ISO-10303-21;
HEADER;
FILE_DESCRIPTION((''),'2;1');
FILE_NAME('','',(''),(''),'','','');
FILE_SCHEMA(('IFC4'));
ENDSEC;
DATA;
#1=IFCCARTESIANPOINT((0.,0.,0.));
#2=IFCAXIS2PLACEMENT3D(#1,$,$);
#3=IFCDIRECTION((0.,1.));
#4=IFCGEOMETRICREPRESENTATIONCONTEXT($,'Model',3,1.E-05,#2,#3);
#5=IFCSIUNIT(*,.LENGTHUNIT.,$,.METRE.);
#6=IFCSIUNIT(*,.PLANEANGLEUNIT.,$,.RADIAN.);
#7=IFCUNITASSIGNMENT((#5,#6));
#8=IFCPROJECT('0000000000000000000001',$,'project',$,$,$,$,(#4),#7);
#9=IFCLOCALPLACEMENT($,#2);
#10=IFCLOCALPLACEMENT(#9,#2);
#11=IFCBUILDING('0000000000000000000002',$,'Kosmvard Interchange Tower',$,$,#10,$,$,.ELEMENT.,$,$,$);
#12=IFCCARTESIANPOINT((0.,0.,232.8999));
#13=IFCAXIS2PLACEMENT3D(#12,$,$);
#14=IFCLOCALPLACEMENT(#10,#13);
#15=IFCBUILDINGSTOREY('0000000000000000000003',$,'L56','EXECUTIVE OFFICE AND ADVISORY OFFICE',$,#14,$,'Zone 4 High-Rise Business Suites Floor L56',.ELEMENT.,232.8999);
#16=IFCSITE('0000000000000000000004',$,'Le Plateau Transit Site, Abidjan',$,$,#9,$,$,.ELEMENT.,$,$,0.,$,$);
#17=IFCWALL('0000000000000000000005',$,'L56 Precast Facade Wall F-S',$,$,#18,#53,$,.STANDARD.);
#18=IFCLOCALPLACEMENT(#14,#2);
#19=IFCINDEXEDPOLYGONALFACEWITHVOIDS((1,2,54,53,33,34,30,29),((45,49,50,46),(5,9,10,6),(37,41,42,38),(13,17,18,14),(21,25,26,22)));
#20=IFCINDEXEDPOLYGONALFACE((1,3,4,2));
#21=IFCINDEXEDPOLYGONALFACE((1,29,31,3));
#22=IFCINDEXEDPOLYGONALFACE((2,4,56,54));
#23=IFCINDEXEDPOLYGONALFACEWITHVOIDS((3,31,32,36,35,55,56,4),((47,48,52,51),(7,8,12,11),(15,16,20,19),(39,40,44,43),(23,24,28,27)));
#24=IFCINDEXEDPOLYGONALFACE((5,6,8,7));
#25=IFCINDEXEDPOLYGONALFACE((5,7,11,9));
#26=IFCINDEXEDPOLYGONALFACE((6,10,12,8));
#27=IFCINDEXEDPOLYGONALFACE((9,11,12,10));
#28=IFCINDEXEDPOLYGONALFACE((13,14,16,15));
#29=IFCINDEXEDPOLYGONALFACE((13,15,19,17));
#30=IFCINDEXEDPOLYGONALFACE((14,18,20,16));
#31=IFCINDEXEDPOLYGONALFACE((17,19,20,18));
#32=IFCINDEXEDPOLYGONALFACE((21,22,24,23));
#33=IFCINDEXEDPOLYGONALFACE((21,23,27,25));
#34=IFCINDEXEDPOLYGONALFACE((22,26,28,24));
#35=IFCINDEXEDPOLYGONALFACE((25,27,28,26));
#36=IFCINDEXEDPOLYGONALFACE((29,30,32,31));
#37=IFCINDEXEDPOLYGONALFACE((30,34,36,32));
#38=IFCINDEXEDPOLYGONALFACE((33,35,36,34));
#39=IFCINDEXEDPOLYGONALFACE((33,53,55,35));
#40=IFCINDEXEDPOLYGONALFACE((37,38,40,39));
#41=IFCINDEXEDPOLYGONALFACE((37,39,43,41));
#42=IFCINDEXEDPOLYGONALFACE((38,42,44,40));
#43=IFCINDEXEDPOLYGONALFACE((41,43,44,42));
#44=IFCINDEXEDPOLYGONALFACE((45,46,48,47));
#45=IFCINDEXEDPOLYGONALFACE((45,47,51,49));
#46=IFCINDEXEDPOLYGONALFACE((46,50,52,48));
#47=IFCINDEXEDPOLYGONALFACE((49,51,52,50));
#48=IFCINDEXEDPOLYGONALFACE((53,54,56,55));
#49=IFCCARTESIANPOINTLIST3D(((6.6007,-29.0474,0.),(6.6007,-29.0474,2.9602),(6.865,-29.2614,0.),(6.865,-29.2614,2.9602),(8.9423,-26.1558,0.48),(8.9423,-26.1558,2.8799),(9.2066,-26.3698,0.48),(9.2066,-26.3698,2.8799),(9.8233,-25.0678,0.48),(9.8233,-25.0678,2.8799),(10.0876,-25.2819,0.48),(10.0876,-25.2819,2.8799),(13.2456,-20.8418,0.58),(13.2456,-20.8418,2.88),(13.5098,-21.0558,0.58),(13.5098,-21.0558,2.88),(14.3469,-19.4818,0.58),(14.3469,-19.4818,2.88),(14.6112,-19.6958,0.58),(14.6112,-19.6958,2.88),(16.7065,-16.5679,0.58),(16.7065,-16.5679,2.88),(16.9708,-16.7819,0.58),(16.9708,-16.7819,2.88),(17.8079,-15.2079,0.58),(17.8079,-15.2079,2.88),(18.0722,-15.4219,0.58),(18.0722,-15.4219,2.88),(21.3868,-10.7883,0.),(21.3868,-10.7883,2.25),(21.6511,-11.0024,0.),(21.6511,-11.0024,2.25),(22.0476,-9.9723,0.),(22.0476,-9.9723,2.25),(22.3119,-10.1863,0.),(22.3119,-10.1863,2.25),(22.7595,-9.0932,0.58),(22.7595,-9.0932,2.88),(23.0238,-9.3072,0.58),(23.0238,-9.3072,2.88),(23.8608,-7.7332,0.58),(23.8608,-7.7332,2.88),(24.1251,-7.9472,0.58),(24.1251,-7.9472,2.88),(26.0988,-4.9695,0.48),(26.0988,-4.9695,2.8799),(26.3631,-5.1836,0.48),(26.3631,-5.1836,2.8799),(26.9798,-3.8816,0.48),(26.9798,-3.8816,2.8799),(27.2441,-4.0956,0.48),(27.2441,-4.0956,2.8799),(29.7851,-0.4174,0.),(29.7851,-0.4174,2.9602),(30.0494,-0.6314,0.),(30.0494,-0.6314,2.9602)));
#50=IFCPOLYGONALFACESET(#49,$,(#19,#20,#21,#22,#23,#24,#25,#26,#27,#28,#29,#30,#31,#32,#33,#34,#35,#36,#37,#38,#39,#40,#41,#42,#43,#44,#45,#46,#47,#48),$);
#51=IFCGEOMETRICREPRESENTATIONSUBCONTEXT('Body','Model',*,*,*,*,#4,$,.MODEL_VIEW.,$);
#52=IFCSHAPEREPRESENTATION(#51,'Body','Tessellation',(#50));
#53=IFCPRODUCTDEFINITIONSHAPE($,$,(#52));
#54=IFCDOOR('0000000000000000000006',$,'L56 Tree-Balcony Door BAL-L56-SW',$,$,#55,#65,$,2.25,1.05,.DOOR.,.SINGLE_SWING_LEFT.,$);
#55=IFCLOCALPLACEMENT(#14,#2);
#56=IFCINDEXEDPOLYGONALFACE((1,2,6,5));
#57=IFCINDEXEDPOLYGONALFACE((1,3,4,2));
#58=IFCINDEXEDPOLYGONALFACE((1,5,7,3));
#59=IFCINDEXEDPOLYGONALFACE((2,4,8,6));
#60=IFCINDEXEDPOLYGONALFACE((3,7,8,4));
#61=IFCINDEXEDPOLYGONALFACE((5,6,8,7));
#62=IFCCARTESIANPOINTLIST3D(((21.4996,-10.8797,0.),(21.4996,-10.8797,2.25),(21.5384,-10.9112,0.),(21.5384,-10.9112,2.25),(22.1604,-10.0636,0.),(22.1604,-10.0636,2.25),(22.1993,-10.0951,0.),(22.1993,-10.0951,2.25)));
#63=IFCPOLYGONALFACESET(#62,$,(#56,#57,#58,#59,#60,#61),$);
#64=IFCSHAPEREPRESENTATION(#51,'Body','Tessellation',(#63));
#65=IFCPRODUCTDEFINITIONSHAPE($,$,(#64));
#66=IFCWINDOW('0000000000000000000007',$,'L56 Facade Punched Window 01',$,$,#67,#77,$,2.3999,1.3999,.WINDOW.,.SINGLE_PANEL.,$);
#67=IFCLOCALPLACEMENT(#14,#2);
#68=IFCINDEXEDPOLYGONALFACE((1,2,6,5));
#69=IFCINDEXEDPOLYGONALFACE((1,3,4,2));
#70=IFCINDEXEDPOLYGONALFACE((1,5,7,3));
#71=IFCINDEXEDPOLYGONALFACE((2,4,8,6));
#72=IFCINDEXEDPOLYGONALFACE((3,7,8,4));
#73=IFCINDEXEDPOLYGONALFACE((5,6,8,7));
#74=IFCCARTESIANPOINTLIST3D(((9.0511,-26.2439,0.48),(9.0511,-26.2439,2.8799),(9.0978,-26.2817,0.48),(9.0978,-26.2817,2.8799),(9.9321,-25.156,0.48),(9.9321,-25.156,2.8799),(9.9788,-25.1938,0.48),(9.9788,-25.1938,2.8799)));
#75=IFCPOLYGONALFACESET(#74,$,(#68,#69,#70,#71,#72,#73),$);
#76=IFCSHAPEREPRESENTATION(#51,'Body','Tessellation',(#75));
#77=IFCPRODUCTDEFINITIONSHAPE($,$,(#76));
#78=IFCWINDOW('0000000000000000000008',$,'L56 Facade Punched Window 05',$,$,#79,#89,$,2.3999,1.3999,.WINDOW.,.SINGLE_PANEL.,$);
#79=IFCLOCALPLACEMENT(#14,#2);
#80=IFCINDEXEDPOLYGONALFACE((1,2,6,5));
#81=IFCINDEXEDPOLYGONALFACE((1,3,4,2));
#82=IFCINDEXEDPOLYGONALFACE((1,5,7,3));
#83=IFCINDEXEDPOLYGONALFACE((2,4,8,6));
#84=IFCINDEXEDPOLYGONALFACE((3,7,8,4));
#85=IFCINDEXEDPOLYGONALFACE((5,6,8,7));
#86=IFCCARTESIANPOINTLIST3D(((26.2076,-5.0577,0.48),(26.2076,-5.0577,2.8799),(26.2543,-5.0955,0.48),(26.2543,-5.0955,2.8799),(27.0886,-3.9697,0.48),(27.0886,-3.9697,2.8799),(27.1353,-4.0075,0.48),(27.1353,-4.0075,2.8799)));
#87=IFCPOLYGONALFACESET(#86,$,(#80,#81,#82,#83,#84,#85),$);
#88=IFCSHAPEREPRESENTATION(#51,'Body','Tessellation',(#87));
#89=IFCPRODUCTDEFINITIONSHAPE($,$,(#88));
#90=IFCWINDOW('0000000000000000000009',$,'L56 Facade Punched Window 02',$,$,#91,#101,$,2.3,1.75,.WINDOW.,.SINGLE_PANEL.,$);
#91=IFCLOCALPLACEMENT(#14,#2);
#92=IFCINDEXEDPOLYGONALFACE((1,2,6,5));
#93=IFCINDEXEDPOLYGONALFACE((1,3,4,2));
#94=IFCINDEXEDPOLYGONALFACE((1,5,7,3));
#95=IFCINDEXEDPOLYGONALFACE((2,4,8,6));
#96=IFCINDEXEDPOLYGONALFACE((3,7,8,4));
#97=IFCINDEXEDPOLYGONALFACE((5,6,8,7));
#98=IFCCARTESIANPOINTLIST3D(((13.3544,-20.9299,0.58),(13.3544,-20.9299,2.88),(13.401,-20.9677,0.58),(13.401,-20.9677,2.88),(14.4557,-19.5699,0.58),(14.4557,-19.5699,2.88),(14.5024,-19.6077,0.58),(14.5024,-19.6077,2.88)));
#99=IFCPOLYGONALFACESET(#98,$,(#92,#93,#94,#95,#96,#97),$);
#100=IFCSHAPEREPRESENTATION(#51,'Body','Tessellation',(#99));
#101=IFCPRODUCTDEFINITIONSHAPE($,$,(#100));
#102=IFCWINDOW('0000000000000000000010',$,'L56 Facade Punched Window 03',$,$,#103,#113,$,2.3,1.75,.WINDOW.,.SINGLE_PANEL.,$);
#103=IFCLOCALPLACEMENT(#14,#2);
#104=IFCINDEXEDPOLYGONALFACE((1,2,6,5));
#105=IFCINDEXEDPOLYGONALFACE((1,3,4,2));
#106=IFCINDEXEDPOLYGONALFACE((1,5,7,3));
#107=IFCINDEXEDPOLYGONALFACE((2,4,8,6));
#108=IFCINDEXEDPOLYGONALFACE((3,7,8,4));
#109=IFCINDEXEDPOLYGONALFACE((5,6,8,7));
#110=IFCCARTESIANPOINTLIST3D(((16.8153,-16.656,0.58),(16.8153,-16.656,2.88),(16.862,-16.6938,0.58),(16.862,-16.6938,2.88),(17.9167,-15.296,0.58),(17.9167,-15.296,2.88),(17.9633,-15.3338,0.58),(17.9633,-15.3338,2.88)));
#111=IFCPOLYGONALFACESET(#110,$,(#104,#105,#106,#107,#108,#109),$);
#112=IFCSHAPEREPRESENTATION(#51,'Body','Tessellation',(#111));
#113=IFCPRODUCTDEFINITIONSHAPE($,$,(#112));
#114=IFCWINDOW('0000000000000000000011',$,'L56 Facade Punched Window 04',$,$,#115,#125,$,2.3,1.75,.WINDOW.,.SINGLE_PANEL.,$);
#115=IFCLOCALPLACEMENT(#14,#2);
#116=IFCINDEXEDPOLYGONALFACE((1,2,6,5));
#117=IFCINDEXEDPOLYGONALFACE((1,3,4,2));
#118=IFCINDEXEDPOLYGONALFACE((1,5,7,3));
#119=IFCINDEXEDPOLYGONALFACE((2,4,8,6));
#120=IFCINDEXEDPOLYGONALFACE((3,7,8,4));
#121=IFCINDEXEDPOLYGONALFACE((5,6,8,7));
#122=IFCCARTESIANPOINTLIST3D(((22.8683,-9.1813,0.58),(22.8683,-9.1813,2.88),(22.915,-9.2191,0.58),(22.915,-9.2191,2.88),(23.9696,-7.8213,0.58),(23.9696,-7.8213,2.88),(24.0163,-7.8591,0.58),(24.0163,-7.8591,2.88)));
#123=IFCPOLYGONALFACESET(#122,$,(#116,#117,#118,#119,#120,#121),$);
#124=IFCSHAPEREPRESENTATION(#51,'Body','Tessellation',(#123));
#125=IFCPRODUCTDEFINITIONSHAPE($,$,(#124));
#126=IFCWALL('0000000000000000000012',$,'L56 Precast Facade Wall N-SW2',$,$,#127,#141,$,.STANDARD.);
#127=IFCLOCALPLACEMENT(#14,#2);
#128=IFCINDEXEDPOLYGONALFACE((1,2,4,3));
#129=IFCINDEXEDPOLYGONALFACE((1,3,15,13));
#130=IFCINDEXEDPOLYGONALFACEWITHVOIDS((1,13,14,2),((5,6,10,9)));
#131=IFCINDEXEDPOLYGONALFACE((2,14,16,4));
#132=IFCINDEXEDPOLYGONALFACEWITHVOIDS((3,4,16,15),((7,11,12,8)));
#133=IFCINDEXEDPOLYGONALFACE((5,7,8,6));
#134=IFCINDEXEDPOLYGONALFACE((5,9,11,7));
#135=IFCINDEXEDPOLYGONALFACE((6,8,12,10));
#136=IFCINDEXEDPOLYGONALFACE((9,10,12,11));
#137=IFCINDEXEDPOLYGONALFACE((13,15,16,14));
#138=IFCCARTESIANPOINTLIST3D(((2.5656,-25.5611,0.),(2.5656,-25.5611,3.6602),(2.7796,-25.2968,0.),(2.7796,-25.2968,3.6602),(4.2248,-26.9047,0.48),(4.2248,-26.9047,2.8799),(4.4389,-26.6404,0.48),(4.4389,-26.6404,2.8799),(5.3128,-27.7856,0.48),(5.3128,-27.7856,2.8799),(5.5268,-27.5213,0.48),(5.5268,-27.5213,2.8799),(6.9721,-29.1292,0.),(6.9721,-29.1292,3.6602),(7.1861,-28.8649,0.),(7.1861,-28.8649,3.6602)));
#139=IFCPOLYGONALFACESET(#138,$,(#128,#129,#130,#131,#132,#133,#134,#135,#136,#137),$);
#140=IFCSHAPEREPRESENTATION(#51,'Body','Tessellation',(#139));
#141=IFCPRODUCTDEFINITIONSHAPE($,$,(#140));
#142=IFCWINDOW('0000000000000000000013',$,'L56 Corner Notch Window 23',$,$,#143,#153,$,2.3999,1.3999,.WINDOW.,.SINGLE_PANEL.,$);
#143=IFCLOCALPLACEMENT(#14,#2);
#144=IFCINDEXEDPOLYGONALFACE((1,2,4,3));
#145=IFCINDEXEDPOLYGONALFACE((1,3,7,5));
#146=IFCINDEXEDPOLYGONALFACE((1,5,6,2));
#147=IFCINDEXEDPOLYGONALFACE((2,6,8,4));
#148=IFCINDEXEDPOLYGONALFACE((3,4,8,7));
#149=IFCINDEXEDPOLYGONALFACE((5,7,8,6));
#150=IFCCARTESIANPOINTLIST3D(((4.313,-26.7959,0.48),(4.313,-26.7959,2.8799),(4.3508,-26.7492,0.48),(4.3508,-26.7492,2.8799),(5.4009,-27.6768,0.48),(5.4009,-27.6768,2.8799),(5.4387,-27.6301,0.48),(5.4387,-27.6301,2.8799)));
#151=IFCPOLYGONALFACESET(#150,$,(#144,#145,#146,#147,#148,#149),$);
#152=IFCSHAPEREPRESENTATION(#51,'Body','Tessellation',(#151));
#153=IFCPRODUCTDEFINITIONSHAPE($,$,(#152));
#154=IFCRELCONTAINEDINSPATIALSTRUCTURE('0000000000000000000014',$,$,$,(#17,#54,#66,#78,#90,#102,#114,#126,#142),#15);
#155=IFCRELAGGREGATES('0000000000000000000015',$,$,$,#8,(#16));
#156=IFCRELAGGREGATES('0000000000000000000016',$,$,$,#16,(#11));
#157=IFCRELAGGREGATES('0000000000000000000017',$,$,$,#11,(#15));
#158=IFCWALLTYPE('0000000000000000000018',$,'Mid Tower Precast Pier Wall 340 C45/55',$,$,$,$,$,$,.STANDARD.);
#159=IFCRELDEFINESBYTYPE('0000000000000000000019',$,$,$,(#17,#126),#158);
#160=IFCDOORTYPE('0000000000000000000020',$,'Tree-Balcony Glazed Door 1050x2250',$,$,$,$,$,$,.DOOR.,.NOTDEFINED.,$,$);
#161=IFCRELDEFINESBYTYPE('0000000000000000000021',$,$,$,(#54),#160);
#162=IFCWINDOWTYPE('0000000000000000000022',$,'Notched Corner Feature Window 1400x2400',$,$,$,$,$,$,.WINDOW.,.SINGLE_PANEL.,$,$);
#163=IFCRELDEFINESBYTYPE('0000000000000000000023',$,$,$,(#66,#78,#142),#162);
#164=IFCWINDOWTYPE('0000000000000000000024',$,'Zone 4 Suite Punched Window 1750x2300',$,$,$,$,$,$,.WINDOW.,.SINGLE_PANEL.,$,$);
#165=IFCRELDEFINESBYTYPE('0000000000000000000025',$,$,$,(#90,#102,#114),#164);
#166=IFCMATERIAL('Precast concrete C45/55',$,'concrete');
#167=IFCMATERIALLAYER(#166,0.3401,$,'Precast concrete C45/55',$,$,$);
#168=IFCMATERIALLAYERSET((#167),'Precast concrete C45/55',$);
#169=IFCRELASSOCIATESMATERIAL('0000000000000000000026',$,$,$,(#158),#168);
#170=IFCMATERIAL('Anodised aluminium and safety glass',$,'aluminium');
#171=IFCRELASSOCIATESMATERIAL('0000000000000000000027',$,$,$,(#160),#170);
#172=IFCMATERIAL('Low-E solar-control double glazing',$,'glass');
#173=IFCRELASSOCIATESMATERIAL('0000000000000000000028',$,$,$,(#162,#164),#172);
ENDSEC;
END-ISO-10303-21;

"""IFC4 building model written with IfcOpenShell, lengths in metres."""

from ifc_helpers import new_model, si_unit, direction, frame, frame_2d, origin, place, context, subcontext, project, spatial, rectangle, extrude, source, transform, mapped, material, layer, layer_set, type_object, element, fill, save


model = new_model("IFC4")

# Units and contexts
model_context = context("Model", 3, precision=1e-05, world=origin(), true_north=direction((0.0, 1.0)))
body_context = subcontext(model_context, "Body", "Model", "MODEL_VIEW")
ifc_project = project(units=[si_unit("LENGTHUNIT", "METRE"), si_unit("PLANEANGLEUNIT", "RADIAN")], contexts=[model_context])

# Site, building, storey
site_placement = place(None, origin())
site = spatial("IfcSite", under=ifc_project, at=site_placement, Name="Le Plateau Transit Site, Abidjan", CompositionType="ELEMENT", RefElevation=0.0)
building_placement = place(site_placement, origin())
building = spatial("IfcBuilding", under=site, at=building_placement, Name="Kosmvard Interchange Tower", CompositionType="ELEMENT")
storey_placement = place(building_placement, frame((0.0, 0.0, 232.8999)))
storey = spatial("IfcBuildingStorey", under=building, at=storey_placement, Name="L56", Description="EXECUTIVE OFFICE AND ADVISORY OFFICE", LongName="Zone 4 High-Rise Business Suites Floor L56", CompositionType="ELEMENT", Elevation=232.8999)

# Wall, openings, door, windows
ifc_material_1 = material(Name="Precast concrete C45/55", Category="concrete")
ifc_layer_1 = layer(ifc_material_1, 0.3401, Name="Precast concrete C45/55")
ifc_layer_set_1 = layer_set([ifc_layer_1], Name="Precast concrete C45/55")
wall_type_1 = type_object("IfcWallType", Name="Mid Tower Precast Pier Wall 340 C45/55", PredefinedType="STANDARD", material=ifc_layer_set_1)
wall_1_placement = place(storey_placement, frame((6.7329, -29.1543, 0.0), z_axis=(0.0, 0.0, 1.0), x_axis=(0.629325, 0.777142, 0.0)))
wall_1 = element("IfcWall", 1, at=wall_1_placement, inside=storey, type_object=wall_type_1, Name="L56 Precast Facade Wall F-S", PredefinedType="STANDARD", context=body_context, shape_type="SweptSolid", body=[
    extrude(rectangle(XDim=36.8401, YDim=0.3401, at=frame_2d((18.4199, 0.0))), origin(), (0.0, 0.0, 1.0), 2.9602),
])
opening_1_placement = place(wall_1_placement, frame((23.4951, 0.0, 0.0)))
opening_1 = element("IfcOpeningElement", 2, at=opening_1_placement, cuts=wall_1, PredefinedType="OPENING", context=body_context, shape_type="SweptSolid", body=[
    extrude(rectangle(XDim=1.05, YDim=2.25, at=frame_2d((0.5249, 1.125))), frame((0.0, 0.1802, 0.0), z_axis=(0.0, -1.0, 0.0), x_axis=(1.0, 0.0, 0.0)), (0.0, 0.0, 1.0), 0.3601),
])
opening_2_placement = place(wall_1_placement, frame((3.7207, 0.0, 0.48)))
opening_2 = element("IfcOpeningElement", 3, at=opening_2_placement, cuts=wall_1, PredefinedType="OPENING", context=body_context, shape_type="SweptSolid", body=[
    extrude(rectangle(XDim=1.3999, YDim=2.3999, at=frame_2d((0.7, 1.2))), frame((0.0, 0.1802, 0.0), z_axis=(0.0, -1.0, 0.0), x_axis=(1.0, 0.0, 0.0)), (0.0, 0.0, 1.0), 0.3601),
])
opening_3_placement = place(wall_1_placement, frame((10.5586, 0.0, 0.5801)))
opening_3 = element("IfcOpeningElement", 4, at=opening_3_placement, cuts=wall_1, PredefinedType="OPENING", context=body_context, shape_type="SweptSolid", body=[
    extrude(rectangle(XDim=1.75, YDim=2.3, at=frame_2d((0.875, 1.1499))), frame((0.0, 0.1802, 0.0), z_axis=(0.0, -1.0, 0.0), x_axis=(1.0, 0.0, 0.0)), (0.0, 0.0, 1.0), 0.3601),
])
opening_4_placement = place(wall_1_placement, frame((16.0581, 0.0, 0.5801)))
opening_4 = element("IfcOpeningElement", 5, at=opening_4_placement, cuts=wall_1, PredefinedType="OPENING", context=body_context, shape_type="SweptSolid", body=[
    extrude(rectangle(XDim=1.75, YDim=2.3, at=frame_2d((0.875, 1.1499))), frame((0.0, 0.1802, 0.0), z_axis=(0.0, -1.0, 0.0), x_axis=(1.0, 0.0, 0.0)), (0.0, 0.0, 1.0), 0.3601),
])
opening_5_placement = place(wall_1_placement, frame((25.6763, 0.0, 0.5801)))
opening_5 = element("IfcOpeningElement", 6, at=opening_5_placement, cuts=wall_1, PredefinedType="OPENING", context=body_context, shape_type="SweptSolid", body=[
    extrude(rectangle(XDim=1.75, YDim=2.3, at=frame_2d((0.875, 1.1499))), frame((0.0, 0.1802, 0.0), z_axis=(0.0, -1.0, 0.0), x_axis=(1.0, 0.0, 0.0)), (0.0, 0.0, 1.0), 0.3601),
])
opening_6_placement = place(wall_1_placement, frame((30.9824, 0.0, 0.48)))
opening_6 = element("IfcOpeningElement", 7, at=opening_6_placement, cuts=wall_1, PredefinedType="OPENING", context=body_context, shape_type="SweptSolid", body=[
    extrude(rectangle(XDim=1.3999, YDim=2.3999, at=frame_2d((0.7, 1.2))), frame((0.0, 0.1802, 0.0), z_axis=(0.0, -1.0, 0.0), x_axis=(1.0, 0.0, 0.0)), (0.0, 0.0, 1.0), 0.3601),
])
ifc_material_2 = material(Name="Anodised aluminium and safety glass", Category="aluminium")
door_type = type_object("IfcDoorType", Name="Tree-Balcony Glazed Door 1050x2250", OperationType="NOTDEFINED", PredefinedType="DOOR", material=ifc_material_2)
shared_shape_1 = source(origin(), body_context, "Body", "SweptSolid", [
    extrude(rectangle(XDim=1.05, YDim=2.25, at=frame_2d((0.5249, 1.125))), frame((0.0, 0.0249, 0.0), z_axis=(0.0, -1.0, 0.0), x_axis=(1.0, 0.0, 0.0)), (0.0, 0.0, 1.0), 0.05),
])
door_placement = place(opening_1_placement, origin())
door = element("IfcDoor", 8, at=door_placement, inside=storey, type_object=door_type, Name="L56 Tree-Balcony Door BAL-L56-SW", OperationType="SINGLE_SWING_LEFT", OverallHeight=2.25, OverallWidth=1.05, PredefinedType="DOOR", context=body_context, shape_type="MappedRepresentation", body=[
    mapped(shared_shape_1, transform((0.0, 0.0, 0.0), scale=1.0)),
])
fill(opening_1, door)
ifc_material_3 = material(Name="Low-E solar-control double glazing", Category="glass")
window_type_1 = type_object("IfcWindowType", Name="Notched Corner Feature Window 1400x2400", PartitioningType="SINGLE_PANEL", PredefinedType="WINDOW", material=ifc_material_3)
shared_shape_2 = source(origin(), body_context, "Body", "SweptSolid", [
    extrude(rectangle(XDim=1.3999, YDim=2.3999, at=frame_2d((0.7, 1.2))), frame((0.0, 0.03, 0.0), z_axis=(0.0, -1.0, 0.0), x_axis=(1.0, 0.0, 0.0)), (0.0, 0.0, 1.0), 0.0601),
])
window_1_placement = place(opening_2_placement, origin())
window_1 = element("IfcWindow", 9, at=window_1_placement, inside=storey, type_object=window_type_1, Name="L56 Facade Punched Window 01", OverallHeight=2.3999, OverallWidth=1.3999, PartitioningType="SINGLE_PANEL", PredefinedType="WINDOW", context=body_context, shape_type="MappedRepresentation", body=[
    mapped(shared_shape_2, transform((0.0, 0.0, 0.0), scale=1.0)),
])
fill(opening_2, window_1)
window_2_placement = place(opening_6_placement, origin())
window_2 = element("IfcWindow", 10, at=window_2_placement, inside=storey, type_object=window_type_1, Name="L56 Facade Punched Window 05", OverallHeight=2.3999, OverallWidth=1.3999, PartitioningType="SINGLE_PANEL", PredefinedType="WINDOW", context=body_context, shape_type="MappedRepresentation", body=[
    mapped(shared_shape_2, transform((0.0, 0.0, 0.0), scale=1.0)),
])
fill(opening_6, window_2)
window_type_2 = type_object("IfcWindowType", Name="Zone 4 Suite Punched Window 1750x2300", PartitioningType="SINGLE_PANEL", PredefinedType="WINDOW", material=ifc_material_3)
shared_shape_3 = source(origin(), body_context, "Body", "SweptSolid", [
    extrude(rectangle(XDim=1.75, YDim=2.3, at=frame_2d((0.875, 1.1499))), frame((0.0, 0.03, 0.0), z_axis=(0.0, -1.0, 0.0), x_axis=(1.0, 0.0, 0.0)), (0.0, 0.0, 1.0), 0.0601),
])
window_3_placement = place(opening_3_placement, origin())
window_3 = element("IfcWindow", 11, at=window_3_placement, inside=storey, type_object=window_type_2, Name="L56 Facade Punched Window 02", OverallHeight=2.3, OverallWidth=1.75, PartitioningType="SINGLE_PANEL", PredefinedType="WINDOW", context=body_context, shape_type="MappedRepresentation", body=[
    mapped(shared_shape_3, transform((0.0, 0.0, 0.0), scale=1.0)),
])
fill(opening_3, window_3)
window_4_placement = place(opening_4_placement, origin())
window_4 = element("IfcWindow", 12, at=window_4_placement, inside=storey, type_object=window_type_2, Name="L56 Facade Punched Window 03", OverallHeight=2.3, OverallWidth=1.75, PartitioningType="SINGLE_PANEL", PredefinedType="WINDOW", context=body_context, shape_type="MappedRepresentation", body=[
    mapped(shared_shape_3, transform((0.0, 0.0, 0.0), scale=1.0)),
])
fill(opening_4, window_4)
window_5_placement = place(opening_5_placement, origin())
window_5 = element("IfcWindow", 13, at=window_5_placement, inside=storey, type_object=window_type_2, Name="L56 Facade Punched Window 04", OverallHeight=2.3, OverallWidth=1.75, PartitioningType="SINGLE_PANEL", PredefinedType="WINDOW", context=body_context, shape_type="MappedRepresentation", body=[
    mapped(shared_shape_3, transform((0.0, 0.0, 0.0), scale=1.0)),
])
fill(opening_5, window_5)

# Wall, opening, window
wall_2_placement = place(storey_placement, frame((2.6726, -25.429, 0.0), z_axis=(0.0, 0.0, 1.0), x_axis=(0.777163, -0.6293, 0.0)))
wall_2 = element("IfcWall", 14, at=wall_2_placement, inside=storey, type_object=wall_type_1, Name="L56 Precast Facade Wall N-SW2", PredefinedType="STANDARD", context=body_context, shape_type="SweptSolid", body=[
    extrude(rectangle(XDim=5.6699, YDim=0.3401, at=frame_2d((2.835, 0.0))), origin(), (0.0, 0.0, 1.0), 3.6602),
])
opening_7_placement = place(wall_2_placement, frame((2.135, 0.0, 0.48)))
opening_7 = element("IfcOpeningElement", 15, at=opening_7_placement, cuts=wall_2, PredefinedType="OPENING", context=body_context, shape_type="SweptSolid", body=[
    extrude(rectangle(XDim=1.3999, YDim=2.3999, at=frame_2d((0.7, 1.2))), frame((0.0, 0.1802, 0.0), z_axis=(0.0, -1.0, 0.0), x_axis=(1.0, 0.0, 0.0)), (0.0, 0.0, 1.0), 0.3601),
])
window_6_placement = place(opening_7_placement, origin())
window_6 = element("IfcWindow", 16, at=window_6_placement, inside=storey, type_object=window_type_1, Name="L56 Corner Notch Window 23", OverallHeight=2.3999, OverallWidth=1.3999, PartitioningType="SINGLE_PANEL", PredefinedType="WINDOW", context=body_context, shape_type="MappedRepresentation", body=[
    mapped(shared_shape_2, transform((0.0, 0.0, 0.0), scale=1.0)),
])
fill(opening_7, window_6)

save(model, "model.ifc")
